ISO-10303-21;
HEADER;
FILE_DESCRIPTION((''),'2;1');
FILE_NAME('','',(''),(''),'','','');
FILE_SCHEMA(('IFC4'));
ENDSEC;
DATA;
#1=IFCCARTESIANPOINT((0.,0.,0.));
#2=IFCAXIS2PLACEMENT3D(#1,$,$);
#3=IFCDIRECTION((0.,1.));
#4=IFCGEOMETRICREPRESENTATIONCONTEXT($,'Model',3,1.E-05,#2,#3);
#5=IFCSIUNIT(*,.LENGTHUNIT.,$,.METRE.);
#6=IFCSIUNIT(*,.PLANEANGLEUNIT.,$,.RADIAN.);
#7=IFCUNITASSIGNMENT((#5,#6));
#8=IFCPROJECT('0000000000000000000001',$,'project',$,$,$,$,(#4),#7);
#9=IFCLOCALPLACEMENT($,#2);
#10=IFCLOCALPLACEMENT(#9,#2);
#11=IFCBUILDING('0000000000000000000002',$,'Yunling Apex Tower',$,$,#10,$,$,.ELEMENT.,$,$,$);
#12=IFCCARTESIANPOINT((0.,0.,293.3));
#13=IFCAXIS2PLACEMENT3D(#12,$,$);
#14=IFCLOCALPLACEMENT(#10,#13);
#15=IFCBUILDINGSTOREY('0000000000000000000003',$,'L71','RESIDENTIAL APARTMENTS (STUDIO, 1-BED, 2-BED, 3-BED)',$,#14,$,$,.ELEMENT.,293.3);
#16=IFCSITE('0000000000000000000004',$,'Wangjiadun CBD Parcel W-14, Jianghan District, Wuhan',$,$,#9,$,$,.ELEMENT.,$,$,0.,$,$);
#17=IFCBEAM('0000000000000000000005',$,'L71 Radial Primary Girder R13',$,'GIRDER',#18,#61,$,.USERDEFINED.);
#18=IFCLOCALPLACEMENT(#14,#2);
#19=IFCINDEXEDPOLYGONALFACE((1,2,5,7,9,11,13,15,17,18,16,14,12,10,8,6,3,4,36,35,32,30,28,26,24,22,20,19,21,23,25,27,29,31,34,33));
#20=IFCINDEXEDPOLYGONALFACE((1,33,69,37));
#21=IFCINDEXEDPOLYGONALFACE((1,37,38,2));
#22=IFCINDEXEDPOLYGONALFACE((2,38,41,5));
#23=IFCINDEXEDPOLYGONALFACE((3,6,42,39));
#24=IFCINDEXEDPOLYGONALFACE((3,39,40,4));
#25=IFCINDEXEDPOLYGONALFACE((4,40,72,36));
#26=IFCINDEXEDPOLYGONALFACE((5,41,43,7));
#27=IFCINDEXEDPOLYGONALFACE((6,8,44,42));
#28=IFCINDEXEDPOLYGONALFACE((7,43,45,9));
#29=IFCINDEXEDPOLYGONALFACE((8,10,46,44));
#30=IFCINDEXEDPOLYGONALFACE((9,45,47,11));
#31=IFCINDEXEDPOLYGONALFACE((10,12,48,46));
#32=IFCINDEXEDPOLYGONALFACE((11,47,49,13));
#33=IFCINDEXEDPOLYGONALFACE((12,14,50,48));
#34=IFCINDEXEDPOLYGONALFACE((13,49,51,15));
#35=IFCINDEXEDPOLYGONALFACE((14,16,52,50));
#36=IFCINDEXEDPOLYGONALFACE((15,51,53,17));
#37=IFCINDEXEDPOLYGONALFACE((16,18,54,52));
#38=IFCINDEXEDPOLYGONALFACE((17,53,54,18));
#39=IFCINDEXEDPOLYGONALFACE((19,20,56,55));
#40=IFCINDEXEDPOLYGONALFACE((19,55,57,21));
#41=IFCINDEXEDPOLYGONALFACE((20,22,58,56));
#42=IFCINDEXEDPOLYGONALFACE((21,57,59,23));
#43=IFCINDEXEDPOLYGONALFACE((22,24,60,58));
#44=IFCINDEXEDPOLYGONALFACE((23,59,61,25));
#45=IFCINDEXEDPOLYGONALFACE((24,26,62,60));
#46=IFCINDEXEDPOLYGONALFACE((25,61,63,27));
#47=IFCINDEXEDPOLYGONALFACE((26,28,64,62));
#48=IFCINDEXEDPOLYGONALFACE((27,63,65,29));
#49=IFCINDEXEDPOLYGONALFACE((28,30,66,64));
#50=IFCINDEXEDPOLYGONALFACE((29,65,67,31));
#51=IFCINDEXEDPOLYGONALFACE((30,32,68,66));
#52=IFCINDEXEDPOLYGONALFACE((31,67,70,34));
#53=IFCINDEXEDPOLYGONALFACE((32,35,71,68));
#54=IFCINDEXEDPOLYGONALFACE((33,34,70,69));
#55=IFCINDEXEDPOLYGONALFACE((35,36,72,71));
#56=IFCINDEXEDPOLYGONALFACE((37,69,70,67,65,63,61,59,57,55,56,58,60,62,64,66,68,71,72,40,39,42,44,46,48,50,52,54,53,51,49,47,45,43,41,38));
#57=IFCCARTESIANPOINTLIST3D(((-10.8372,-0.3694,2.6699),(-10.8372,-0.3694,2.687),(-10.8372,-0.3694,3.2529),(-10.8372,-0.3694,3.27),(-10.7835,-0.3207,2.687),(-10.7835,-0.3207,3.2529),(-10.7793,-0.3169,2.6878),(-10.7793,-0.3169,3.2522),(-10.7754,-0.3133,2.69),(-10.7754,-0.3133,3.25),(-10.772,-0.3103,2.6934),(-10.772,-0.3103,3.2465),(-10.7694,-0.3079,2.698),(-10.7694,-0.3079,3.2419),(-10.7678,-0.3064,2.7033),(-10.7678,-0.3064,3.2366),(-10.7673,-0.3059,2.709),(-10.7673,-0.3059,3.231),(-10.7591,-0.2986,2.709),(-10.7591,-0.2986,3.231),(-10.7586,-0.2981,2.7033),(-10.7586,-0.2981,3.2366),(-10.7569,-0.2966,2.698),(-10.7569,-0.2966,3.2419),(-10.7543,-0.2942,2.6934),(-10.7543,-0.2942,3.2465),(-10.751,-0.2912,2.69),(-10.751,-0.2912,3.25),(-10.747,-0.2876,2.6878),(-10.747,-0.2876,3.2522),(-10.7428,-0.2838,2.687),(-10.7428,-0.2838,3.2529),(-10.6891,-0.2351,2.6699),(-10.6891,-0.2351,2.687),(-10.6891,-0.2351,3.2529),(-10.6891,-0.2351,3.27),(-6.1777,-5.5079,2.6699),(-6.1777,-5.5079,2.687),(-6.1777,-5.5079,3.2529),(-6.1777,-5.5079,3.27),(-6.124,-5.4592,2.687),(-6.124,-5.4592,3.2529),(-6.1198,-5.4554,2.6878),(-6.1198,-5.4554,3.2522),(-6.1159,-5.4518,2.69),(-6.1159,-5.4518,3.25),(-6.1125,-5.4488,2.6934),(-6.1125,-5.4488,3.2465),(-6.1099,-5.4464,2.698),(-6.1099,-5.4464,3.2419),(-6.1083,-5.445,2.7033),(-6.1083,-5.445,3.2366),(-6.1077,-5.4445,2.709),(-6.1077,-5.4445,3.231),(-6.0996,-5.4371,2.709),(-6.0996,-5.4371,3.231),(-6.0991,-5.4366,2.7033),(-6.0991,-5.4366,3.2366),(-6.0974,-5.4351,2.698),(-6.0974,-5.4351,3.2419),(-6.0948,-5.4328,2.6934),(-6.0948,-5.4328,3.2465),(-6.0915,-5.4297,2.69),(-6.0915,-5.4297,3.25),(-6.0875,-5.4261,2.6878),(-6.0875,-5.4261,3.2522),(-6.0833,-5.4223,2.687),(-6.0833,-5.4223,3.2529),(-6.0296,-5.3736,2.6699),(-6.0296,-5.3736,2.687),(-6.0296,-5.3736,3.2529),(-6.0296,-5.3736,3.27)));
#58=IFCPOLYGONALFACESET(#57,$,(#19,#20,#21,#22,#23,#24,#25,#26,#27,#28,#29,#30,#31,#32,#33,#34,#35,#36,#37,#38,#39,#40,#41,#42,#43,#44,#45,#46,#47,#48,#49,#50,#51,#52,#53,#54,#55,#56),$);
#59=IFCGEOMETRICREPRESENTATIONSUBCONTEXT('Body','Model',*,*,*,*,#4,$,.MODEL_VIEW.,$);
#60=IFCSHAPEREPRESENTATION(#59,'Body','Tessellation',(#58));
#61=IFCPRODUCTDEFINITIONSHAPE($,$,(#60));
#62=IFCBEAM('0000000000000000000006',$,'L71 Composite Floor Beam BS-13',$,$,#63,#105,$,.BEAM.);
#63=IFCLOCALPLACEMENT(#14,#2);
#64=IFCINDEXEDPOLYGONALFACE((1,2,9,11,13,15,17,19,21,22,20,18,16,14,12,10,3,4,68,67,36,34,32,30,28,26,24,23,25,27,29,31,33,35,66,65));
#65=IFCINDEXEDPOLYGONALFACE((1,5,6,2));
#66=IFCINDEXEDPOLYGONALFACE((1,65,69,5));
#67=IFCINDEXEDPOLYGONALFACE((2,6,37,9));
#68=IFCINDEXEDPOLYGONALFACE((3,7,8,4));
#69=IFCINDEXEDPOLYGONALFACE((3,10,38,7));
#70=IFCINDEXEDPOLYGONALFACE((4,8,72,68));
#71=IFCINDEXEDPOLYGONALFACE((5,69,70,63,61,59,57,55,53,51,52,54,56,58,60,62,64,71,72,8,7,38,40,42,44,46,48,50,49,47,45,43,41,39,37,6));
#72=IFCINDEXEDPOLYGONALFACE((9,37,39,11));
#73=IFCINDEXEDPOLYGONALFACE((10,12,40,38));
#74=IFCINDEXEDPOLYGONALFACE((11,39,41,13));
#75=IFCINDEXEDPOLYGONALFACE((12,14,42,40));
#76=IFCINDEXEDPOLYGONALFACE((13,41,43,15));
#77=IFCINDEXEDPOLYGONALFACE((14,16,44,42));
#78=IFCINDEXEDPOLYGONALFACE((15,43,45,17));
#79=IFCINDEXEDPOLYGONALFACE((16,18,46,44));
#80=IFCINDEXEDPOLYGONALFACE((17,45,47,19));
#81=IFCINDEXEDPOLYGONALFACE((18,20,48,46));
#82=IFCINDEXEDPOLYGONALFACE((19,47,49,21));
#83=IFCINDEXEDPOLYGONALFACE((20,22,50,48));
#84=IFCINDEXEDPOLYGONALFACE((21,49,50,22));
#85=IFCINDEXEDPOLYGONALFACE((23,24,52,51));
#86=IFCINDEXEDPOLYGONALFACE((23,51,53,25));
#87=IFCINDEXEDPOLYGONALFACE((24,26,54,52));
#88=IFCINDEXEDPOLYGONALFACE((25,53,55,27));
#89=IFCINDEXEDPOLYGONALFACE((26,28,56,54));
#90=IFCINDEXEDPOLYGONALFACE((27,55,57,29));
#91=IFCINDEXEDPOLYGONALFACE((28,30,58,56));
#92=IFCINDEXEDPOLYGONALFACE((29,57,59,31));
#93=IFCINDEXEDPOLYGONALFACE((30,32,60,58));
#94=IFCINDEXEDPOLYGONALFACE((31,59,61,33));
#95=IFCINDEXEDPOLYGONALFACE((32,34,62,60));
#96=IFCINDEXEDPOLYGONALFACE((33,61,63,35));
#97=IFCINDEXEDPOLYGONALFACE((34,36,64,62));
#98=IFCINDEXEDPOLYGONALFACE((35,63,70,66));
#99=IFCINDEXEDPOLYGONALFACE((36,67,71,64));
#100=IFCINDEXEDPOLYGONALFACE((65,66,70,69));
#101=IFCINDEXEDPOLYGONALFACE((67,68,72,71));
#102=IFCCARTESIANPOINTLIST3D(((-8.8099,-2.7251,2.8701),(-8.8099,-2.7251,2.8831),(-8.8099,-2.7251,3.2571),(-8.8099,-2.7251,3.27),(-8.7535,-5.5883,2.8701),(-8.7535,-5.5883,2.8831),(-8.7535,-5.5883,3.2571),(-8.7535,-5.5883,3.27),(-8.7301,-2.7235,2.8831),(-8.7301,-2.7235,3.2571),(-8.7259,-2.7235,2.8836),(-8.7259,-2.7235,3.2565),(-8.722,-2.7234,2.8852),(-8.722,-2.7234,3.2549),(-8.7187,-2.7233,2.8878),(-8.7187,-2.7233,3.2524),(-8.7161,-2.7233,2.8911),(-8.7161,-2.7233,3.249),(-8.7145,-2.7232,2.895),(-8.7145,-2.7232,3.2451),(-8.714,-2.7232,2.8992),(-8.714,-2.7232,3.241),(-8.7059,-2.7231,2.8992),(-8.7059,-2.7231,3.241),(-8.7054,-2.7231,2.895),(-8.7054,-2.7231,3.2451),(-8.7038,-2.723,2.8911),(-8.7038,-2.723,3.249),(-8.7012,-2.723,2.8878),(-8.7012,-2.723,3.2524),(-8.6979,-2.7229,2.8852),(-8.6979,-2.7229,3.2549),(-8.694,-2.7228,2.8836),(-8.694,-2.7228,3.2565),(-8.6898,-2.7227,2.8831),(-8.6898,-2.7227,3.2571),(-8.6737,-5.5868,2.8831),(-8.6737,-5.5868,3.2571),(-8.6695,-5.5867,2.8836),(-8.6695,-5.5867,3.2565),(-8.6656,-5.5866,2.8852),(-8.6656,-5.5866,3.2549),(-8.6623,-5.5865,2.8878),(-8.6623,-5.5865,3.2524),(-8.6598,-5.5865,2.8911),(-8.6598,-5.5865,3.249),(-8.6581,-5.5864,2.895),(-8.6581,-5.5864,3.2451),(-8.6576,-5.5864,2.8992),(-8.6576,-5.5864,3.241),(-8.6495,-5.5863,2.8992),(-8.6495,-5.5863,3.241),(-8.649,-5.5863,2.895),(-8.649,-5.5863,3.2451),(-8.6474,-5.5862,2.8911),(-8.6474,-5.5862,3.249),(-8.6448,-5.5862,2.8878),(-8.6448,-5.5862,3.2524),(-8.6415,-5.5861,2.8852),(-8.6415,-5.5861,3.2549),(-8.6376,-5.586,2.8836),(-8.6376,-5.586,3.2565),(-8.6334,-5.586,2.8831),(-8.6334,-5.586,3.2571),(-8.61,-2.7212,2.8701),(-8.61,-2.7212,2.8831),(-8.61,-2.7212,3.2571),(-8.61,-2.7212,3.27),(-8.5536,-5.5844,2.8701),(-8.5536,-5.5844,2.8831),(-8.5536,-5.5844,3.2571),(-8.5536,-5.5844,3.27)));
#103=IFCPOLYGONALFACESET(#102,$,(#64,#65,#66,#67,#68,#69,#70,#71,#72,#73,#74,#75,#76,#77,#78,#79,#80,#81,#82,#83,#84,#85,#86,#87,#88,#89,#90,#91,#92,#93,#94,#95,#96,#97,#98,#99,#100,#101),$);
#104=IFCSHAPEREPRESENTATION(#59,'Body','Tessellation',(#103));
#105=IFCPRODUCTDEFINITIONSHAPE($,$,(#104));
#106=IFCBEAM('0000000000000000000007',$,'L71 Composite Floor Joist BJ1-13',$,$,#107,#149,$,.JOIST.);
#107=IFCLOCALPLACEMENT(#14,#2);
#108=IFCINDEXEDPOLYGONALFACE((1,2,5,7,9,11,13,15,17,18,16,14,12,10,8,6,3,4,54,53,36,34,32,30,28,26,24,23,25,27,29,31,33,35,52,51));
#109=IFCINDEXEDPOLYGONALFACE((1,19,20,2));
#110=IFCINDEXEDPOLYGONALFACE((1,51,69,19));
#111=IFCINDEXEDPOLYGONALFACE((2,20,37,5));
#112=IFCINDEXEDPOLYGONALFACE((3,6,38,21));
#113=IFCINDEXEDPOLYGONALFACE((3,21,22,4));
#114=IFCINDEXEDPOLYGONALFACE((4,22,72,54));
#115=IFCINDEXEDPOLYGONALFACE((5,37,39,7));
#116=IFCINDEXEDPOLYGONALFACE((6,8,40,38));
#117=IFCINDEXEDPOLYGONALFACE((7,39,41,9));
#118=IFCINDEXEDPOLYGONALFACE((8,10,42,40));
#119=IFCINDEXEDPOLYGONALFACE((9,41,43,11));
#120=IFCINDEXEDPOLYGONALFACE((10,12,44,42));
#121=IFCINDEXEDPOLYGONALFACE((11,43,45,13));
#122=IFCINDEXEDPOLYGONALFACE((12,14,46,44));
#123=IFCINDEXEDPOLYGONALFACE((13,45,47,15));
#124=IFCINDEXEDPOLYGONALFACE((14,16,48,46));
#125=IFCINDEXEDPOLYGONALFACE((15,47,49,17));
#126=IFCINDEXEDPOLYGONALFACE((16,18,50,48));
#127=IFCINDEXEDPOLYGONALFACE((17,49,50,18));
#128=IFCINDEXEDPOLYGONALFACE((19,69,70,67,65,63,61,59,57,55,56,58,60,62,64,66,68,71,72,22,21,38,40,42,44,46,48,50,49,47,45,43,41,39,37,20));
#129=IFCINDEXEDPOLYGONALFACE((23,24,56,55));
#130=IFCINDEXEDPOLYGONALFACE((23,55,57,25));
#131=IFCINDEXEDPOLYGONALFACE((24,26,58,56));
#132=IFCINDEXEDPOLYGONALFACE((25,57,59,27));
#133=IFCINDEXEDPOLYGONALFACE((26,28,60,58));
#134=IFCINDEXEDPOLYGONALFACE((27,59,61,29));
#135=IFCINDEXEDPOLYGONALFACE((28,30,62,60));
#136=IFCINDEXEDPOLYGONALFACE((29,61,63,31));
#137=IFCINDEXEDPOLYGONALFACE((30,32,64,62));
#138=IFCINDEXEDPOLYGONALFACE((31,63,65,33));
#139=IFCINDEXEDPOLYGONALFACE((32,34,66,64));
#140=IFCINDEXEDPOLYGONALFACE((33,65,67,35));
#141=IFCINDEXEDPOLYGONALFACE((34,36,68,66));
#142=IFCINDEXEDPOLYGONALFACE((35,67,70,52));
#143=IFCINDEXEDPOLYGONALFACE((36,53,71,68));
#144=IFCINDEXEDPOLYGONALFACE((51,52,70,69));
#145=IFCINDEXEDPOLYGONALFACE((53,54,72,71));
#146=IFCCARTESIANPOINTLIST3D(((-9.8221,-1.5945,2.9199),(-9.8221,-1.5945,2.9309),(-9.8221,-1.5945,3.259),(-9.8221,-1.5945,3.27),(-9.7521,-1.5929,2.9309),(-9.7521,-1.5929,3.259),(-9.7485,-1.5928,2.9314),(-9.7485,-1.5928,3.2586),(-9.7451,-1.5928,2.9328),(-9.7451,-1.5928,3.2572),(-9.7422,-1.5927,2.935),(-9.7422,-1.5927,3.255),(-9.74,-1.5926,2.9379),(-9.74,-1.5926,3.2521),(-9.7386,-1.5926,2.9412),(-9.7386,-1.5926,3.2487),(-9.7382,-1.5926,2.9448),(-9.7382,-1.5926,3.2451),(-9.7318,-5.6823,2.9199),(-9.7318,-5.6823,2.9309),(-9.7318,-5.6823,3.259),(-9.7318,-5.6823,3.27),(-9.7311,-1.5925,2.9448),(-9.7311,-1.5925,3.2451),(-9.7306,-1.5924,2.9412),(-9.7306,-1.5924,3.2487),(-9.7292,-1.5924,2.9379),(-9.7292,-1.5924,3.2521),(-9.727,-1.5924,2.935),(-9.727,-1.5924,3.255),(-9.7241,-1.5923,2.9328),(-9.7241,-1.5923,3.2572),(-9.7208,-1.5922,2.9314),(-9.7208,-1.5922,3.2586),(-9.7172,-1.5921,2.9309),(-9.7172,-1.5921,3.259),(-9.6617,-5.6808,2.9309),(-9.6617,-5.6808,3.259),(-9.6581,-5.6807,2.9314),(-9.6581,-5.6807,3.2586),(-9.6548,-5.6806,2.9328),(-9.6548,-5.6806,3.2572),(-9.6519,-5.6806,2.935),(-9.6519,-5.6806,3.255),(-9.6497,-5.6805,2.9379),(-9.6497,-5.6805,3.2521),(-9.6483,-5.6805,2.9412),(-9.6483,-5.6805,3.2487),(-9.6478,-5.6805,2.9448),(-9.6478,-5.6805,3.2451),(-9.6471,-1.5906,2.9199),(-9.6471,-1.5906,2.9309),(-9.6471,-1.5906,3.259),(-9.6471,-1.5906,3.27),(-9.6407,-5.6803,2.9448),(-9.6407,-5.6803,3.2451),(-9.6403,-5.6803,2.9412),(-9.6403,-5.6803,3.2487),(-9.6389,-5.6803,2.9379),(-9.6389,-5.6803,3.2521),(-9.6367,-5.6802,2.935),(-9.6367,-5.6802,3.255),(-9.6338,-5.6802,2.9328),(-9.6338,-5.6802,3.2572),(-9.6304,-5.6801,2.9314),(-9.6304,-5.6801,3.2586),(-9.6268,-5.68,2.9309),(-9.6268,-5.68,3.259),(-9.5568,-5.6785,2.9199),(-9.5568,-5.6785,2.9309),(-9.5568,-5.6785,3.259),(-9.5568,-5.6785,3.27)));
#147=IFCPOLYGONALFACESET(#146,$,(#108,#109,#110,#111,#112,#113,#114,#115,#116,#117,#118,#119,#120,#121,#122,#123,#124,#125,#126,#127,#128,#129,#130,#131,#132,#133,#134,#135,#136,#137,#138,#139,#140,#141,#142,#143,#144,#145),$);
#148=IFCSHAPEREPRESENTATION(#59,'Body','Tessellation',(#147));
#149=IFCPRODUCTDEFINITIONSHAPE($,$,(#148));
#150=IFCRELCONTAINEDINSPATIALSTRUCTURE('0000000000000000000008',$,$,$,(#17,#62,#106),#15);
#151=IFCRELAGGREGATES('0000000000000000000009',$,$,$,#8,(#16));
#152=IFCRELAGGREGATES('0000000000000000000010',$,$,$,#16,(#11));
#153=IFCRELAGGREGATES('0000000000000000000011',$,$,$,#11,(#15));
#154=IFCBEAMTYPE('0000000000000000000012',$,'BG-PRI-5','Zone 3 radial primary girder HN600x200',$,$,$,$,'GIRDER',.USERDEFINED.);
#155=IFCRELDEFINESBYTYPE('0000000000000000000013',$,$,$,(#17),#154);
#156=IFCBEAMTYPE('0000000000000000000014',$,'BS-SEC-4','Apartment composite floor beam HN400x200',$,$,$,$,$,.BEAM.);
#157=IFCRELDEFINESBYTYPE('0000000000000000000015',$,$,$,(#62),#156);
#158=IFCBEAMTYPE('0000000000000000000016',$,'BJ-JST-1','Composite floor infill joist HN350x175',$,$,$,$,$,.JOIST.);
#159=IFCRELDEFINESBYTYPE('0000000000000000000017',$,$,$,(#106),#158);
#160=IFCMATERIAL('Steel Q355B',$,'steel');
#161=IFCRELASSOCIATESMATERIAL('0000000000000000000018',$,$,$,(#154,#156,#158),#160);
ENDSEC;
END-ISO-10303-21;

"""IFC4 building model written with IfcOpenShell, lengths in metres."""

from ifc_helpers import new_model, si_unit, direction, frame, origin, origin_2d, place, context, subcontext, project, spatial, i_section, extrude, source, transform, mapped, material, material_profile, profile_set, type_object, element, save


model = new_model("IFC4")

# Units and contexts
model_context = context("Model", 3, precision=1e-05, world=origin(), true_north=direction((0.0, 1.0)))
body_context = subcontext(model_context, "Body", "Model", "MODEL_VIEW")
ifc_project = project(units=[si_unit("LENGTHUNIT", "METRE"), si_unit("PLANEANGLEUNIT", "RADIAN")], contexts=[model_context])

# Site, building, storey
site_placement = place(None, origin())
site = spatial("IfcSite", under=ifc_project, at=site_placement, Name="Wangjiadun CBD Parcel W-14, Jianghan District, Wuhan", CompositionType="ELEMENT", RefElevation=0.0)
building_placement = place(site_placement, origin())
building = spatial("IfcBuilding", under=site, at=building_placement, Name="Yunling Apex Tower", CompositionType="ELEMENT")
storey_placement = place(building_placement, frame((0.0, 0.0, 293.3)))
storey = spatial("IfcBuildingStorey", under=building, at=storey_placement, Name="L71", Description="RESIDENTIAL APARTMENTS (STUDIO, 1-BED, 2-BED, 3-BED)", CompositionType="ELEMENT", Elevation=293.3)

# Shared definitions
ifc_material_1 = material(Name="Steel Q355B", Category="steel")

# Beams
ifc_material_profile_1 = material_profile(ifc_material_1, i_section(OverallWidth=0.2, OverallDepth=0.6001, WebThickness=0.011, FlangeThickness=0.0171, FilletRadius=0.022, at=origin_2d()))
ifc_profile_set_1 = profile_set([ifc_material_profile_1], Name="Steel Q355B")
beam_type_1 = type_object("IfcBeamType", Name="BG-PRI-5", Description="Zone 3 radial primary girder HN600x200", ElementType="GIRDER", PredefinedType="USERDEFINED", material=ifc_profile_set_1)
shared_shape_1 = source(origin(), body_context, "Body", "SweptSolid", [
    extrude(i_section(OverallWidth=0.2, OverallDepth=0.6001, WebThickness=0.011, FlangeThickness=0.0171, FilletRadius=0.022, at=origin_2d()), origin(), (0.0, 0.0, 1.0), 6.9365),
])
beam_1_placement = place(storey_placement, frame((-10.7632, -0.3022, 2.97), z_axis=(0.671735, -0.740792, 0.0), x_axis=(0.740792, 0.671735, 0.0)))
element("IfcBeam", 1, at=beam_1_placement, inside=storey, type_object=beam_type_1, Name="L71 Radial Primary Girder R13", ObjectType="GIRDER", PredefinedType="USERDEFINED", context=body_context, shape_type="MappedRepresentation", body=[
    mapped(shared_shape_1, transform((0.0, 0.0, 0.0), scale=1.0)),
])
ifc_material_profile_2 = material_profile(ifc_material_1, i_section(OverallWidth=0.2, OverallDepth=0.3999, WebThickness=0.0081, FlangeThickness=0.0129, FilletRadius=0.0161, at=origin_2d()))
ifc_profile_set_2 = profile_set([ifc_material_profile_2], Name="Steel Q355B")
beam_type_2 = type_object("IfcBeamType", Name="BS-SEC-4", Description="Apartment composite floor beam HN400x200", PredefinedType="BEAM", material=ifc_profile_set_2)
shared_shape_2 = source(origin(), body_context, "Body", "SweptSolid", [
    extrude(i_section(OverallWidth=0.2, OverallDepth=0.3999, WebThickness=0.0081, FlangeThickness=0.0129, FilletRadius=0.0161, at=origin_2d()), origin(), (0.0, 0.0, 1.0), 2.8638),
])
beam_2_placement = place(storey_placement, frame((-8.71, -2.7231, 3.0701), z_axis=(0.019693, -0.999806, 0.0), x_axis=(0.999806, 0.019693, 0.0)))
element("IfcBeam", 2, at=beam_2_placement, inside=storey, type_object=beam_type_2, Name="L71 Composite Floor Beam BS-13", PredefinedType="BEAM", context=body_context, shape_type="MappedRepresentation", body=[
    mapped(shared_shape_2, transform((0.0, 0.0, 0.0), scale=1.0)),
])
ifc_material_profile_3 = material_profile(ifc_material_1, i_section(OverallWidth=0.175, OverallDepth=0.3501, WebThickness=0.0071, FlangeThickness=0.011, FilletRadius=0.0139, at=origin_2d()))
ifc_profile_set_3 = profile_set([ifc_material_profile_3], Name="Steel Q355B")
beam_type_3 = type_object("IfcBeamType", Name="BJ-JST-1", Description="Composite floor infill joist HN350x175", PredefinedType="JOIST", material=ifc_profile_set_3)
shared_shape_3 = source(origin(), body_context, "Body", "SweptSolid", [
    extrude(i_section(OverallWidth=0.175, OverallDepth=0.3501, WebThickness=0.0071, FlangeThickness=0.011, FilletRadius=0.0139, at=origin_2d()), origin(), (0.0, 0.0, 1.0), 4.0889),
])
beam_3_placement = place(storey_placement, frame((-9.7346, -1.5925, 3.095), z_axis=(0.022092, -0.999756, 0.0), x_axis=(0.999756, 0.022092, 0.0)))
element("IfcBeam", 3, at=beam_3_placement, inside=storey, type_object=beam_type_3, Name="L71 Composite Floor Joist BJ1-13", PredefinedType="JOIST", context=body_context, shape_type="MappedRepresentation", body=[
    mapped(shared_shape_3, transform((0.0, 0.0, 0.0), scale=1.0)),
])

save(model, "model.ifc")
